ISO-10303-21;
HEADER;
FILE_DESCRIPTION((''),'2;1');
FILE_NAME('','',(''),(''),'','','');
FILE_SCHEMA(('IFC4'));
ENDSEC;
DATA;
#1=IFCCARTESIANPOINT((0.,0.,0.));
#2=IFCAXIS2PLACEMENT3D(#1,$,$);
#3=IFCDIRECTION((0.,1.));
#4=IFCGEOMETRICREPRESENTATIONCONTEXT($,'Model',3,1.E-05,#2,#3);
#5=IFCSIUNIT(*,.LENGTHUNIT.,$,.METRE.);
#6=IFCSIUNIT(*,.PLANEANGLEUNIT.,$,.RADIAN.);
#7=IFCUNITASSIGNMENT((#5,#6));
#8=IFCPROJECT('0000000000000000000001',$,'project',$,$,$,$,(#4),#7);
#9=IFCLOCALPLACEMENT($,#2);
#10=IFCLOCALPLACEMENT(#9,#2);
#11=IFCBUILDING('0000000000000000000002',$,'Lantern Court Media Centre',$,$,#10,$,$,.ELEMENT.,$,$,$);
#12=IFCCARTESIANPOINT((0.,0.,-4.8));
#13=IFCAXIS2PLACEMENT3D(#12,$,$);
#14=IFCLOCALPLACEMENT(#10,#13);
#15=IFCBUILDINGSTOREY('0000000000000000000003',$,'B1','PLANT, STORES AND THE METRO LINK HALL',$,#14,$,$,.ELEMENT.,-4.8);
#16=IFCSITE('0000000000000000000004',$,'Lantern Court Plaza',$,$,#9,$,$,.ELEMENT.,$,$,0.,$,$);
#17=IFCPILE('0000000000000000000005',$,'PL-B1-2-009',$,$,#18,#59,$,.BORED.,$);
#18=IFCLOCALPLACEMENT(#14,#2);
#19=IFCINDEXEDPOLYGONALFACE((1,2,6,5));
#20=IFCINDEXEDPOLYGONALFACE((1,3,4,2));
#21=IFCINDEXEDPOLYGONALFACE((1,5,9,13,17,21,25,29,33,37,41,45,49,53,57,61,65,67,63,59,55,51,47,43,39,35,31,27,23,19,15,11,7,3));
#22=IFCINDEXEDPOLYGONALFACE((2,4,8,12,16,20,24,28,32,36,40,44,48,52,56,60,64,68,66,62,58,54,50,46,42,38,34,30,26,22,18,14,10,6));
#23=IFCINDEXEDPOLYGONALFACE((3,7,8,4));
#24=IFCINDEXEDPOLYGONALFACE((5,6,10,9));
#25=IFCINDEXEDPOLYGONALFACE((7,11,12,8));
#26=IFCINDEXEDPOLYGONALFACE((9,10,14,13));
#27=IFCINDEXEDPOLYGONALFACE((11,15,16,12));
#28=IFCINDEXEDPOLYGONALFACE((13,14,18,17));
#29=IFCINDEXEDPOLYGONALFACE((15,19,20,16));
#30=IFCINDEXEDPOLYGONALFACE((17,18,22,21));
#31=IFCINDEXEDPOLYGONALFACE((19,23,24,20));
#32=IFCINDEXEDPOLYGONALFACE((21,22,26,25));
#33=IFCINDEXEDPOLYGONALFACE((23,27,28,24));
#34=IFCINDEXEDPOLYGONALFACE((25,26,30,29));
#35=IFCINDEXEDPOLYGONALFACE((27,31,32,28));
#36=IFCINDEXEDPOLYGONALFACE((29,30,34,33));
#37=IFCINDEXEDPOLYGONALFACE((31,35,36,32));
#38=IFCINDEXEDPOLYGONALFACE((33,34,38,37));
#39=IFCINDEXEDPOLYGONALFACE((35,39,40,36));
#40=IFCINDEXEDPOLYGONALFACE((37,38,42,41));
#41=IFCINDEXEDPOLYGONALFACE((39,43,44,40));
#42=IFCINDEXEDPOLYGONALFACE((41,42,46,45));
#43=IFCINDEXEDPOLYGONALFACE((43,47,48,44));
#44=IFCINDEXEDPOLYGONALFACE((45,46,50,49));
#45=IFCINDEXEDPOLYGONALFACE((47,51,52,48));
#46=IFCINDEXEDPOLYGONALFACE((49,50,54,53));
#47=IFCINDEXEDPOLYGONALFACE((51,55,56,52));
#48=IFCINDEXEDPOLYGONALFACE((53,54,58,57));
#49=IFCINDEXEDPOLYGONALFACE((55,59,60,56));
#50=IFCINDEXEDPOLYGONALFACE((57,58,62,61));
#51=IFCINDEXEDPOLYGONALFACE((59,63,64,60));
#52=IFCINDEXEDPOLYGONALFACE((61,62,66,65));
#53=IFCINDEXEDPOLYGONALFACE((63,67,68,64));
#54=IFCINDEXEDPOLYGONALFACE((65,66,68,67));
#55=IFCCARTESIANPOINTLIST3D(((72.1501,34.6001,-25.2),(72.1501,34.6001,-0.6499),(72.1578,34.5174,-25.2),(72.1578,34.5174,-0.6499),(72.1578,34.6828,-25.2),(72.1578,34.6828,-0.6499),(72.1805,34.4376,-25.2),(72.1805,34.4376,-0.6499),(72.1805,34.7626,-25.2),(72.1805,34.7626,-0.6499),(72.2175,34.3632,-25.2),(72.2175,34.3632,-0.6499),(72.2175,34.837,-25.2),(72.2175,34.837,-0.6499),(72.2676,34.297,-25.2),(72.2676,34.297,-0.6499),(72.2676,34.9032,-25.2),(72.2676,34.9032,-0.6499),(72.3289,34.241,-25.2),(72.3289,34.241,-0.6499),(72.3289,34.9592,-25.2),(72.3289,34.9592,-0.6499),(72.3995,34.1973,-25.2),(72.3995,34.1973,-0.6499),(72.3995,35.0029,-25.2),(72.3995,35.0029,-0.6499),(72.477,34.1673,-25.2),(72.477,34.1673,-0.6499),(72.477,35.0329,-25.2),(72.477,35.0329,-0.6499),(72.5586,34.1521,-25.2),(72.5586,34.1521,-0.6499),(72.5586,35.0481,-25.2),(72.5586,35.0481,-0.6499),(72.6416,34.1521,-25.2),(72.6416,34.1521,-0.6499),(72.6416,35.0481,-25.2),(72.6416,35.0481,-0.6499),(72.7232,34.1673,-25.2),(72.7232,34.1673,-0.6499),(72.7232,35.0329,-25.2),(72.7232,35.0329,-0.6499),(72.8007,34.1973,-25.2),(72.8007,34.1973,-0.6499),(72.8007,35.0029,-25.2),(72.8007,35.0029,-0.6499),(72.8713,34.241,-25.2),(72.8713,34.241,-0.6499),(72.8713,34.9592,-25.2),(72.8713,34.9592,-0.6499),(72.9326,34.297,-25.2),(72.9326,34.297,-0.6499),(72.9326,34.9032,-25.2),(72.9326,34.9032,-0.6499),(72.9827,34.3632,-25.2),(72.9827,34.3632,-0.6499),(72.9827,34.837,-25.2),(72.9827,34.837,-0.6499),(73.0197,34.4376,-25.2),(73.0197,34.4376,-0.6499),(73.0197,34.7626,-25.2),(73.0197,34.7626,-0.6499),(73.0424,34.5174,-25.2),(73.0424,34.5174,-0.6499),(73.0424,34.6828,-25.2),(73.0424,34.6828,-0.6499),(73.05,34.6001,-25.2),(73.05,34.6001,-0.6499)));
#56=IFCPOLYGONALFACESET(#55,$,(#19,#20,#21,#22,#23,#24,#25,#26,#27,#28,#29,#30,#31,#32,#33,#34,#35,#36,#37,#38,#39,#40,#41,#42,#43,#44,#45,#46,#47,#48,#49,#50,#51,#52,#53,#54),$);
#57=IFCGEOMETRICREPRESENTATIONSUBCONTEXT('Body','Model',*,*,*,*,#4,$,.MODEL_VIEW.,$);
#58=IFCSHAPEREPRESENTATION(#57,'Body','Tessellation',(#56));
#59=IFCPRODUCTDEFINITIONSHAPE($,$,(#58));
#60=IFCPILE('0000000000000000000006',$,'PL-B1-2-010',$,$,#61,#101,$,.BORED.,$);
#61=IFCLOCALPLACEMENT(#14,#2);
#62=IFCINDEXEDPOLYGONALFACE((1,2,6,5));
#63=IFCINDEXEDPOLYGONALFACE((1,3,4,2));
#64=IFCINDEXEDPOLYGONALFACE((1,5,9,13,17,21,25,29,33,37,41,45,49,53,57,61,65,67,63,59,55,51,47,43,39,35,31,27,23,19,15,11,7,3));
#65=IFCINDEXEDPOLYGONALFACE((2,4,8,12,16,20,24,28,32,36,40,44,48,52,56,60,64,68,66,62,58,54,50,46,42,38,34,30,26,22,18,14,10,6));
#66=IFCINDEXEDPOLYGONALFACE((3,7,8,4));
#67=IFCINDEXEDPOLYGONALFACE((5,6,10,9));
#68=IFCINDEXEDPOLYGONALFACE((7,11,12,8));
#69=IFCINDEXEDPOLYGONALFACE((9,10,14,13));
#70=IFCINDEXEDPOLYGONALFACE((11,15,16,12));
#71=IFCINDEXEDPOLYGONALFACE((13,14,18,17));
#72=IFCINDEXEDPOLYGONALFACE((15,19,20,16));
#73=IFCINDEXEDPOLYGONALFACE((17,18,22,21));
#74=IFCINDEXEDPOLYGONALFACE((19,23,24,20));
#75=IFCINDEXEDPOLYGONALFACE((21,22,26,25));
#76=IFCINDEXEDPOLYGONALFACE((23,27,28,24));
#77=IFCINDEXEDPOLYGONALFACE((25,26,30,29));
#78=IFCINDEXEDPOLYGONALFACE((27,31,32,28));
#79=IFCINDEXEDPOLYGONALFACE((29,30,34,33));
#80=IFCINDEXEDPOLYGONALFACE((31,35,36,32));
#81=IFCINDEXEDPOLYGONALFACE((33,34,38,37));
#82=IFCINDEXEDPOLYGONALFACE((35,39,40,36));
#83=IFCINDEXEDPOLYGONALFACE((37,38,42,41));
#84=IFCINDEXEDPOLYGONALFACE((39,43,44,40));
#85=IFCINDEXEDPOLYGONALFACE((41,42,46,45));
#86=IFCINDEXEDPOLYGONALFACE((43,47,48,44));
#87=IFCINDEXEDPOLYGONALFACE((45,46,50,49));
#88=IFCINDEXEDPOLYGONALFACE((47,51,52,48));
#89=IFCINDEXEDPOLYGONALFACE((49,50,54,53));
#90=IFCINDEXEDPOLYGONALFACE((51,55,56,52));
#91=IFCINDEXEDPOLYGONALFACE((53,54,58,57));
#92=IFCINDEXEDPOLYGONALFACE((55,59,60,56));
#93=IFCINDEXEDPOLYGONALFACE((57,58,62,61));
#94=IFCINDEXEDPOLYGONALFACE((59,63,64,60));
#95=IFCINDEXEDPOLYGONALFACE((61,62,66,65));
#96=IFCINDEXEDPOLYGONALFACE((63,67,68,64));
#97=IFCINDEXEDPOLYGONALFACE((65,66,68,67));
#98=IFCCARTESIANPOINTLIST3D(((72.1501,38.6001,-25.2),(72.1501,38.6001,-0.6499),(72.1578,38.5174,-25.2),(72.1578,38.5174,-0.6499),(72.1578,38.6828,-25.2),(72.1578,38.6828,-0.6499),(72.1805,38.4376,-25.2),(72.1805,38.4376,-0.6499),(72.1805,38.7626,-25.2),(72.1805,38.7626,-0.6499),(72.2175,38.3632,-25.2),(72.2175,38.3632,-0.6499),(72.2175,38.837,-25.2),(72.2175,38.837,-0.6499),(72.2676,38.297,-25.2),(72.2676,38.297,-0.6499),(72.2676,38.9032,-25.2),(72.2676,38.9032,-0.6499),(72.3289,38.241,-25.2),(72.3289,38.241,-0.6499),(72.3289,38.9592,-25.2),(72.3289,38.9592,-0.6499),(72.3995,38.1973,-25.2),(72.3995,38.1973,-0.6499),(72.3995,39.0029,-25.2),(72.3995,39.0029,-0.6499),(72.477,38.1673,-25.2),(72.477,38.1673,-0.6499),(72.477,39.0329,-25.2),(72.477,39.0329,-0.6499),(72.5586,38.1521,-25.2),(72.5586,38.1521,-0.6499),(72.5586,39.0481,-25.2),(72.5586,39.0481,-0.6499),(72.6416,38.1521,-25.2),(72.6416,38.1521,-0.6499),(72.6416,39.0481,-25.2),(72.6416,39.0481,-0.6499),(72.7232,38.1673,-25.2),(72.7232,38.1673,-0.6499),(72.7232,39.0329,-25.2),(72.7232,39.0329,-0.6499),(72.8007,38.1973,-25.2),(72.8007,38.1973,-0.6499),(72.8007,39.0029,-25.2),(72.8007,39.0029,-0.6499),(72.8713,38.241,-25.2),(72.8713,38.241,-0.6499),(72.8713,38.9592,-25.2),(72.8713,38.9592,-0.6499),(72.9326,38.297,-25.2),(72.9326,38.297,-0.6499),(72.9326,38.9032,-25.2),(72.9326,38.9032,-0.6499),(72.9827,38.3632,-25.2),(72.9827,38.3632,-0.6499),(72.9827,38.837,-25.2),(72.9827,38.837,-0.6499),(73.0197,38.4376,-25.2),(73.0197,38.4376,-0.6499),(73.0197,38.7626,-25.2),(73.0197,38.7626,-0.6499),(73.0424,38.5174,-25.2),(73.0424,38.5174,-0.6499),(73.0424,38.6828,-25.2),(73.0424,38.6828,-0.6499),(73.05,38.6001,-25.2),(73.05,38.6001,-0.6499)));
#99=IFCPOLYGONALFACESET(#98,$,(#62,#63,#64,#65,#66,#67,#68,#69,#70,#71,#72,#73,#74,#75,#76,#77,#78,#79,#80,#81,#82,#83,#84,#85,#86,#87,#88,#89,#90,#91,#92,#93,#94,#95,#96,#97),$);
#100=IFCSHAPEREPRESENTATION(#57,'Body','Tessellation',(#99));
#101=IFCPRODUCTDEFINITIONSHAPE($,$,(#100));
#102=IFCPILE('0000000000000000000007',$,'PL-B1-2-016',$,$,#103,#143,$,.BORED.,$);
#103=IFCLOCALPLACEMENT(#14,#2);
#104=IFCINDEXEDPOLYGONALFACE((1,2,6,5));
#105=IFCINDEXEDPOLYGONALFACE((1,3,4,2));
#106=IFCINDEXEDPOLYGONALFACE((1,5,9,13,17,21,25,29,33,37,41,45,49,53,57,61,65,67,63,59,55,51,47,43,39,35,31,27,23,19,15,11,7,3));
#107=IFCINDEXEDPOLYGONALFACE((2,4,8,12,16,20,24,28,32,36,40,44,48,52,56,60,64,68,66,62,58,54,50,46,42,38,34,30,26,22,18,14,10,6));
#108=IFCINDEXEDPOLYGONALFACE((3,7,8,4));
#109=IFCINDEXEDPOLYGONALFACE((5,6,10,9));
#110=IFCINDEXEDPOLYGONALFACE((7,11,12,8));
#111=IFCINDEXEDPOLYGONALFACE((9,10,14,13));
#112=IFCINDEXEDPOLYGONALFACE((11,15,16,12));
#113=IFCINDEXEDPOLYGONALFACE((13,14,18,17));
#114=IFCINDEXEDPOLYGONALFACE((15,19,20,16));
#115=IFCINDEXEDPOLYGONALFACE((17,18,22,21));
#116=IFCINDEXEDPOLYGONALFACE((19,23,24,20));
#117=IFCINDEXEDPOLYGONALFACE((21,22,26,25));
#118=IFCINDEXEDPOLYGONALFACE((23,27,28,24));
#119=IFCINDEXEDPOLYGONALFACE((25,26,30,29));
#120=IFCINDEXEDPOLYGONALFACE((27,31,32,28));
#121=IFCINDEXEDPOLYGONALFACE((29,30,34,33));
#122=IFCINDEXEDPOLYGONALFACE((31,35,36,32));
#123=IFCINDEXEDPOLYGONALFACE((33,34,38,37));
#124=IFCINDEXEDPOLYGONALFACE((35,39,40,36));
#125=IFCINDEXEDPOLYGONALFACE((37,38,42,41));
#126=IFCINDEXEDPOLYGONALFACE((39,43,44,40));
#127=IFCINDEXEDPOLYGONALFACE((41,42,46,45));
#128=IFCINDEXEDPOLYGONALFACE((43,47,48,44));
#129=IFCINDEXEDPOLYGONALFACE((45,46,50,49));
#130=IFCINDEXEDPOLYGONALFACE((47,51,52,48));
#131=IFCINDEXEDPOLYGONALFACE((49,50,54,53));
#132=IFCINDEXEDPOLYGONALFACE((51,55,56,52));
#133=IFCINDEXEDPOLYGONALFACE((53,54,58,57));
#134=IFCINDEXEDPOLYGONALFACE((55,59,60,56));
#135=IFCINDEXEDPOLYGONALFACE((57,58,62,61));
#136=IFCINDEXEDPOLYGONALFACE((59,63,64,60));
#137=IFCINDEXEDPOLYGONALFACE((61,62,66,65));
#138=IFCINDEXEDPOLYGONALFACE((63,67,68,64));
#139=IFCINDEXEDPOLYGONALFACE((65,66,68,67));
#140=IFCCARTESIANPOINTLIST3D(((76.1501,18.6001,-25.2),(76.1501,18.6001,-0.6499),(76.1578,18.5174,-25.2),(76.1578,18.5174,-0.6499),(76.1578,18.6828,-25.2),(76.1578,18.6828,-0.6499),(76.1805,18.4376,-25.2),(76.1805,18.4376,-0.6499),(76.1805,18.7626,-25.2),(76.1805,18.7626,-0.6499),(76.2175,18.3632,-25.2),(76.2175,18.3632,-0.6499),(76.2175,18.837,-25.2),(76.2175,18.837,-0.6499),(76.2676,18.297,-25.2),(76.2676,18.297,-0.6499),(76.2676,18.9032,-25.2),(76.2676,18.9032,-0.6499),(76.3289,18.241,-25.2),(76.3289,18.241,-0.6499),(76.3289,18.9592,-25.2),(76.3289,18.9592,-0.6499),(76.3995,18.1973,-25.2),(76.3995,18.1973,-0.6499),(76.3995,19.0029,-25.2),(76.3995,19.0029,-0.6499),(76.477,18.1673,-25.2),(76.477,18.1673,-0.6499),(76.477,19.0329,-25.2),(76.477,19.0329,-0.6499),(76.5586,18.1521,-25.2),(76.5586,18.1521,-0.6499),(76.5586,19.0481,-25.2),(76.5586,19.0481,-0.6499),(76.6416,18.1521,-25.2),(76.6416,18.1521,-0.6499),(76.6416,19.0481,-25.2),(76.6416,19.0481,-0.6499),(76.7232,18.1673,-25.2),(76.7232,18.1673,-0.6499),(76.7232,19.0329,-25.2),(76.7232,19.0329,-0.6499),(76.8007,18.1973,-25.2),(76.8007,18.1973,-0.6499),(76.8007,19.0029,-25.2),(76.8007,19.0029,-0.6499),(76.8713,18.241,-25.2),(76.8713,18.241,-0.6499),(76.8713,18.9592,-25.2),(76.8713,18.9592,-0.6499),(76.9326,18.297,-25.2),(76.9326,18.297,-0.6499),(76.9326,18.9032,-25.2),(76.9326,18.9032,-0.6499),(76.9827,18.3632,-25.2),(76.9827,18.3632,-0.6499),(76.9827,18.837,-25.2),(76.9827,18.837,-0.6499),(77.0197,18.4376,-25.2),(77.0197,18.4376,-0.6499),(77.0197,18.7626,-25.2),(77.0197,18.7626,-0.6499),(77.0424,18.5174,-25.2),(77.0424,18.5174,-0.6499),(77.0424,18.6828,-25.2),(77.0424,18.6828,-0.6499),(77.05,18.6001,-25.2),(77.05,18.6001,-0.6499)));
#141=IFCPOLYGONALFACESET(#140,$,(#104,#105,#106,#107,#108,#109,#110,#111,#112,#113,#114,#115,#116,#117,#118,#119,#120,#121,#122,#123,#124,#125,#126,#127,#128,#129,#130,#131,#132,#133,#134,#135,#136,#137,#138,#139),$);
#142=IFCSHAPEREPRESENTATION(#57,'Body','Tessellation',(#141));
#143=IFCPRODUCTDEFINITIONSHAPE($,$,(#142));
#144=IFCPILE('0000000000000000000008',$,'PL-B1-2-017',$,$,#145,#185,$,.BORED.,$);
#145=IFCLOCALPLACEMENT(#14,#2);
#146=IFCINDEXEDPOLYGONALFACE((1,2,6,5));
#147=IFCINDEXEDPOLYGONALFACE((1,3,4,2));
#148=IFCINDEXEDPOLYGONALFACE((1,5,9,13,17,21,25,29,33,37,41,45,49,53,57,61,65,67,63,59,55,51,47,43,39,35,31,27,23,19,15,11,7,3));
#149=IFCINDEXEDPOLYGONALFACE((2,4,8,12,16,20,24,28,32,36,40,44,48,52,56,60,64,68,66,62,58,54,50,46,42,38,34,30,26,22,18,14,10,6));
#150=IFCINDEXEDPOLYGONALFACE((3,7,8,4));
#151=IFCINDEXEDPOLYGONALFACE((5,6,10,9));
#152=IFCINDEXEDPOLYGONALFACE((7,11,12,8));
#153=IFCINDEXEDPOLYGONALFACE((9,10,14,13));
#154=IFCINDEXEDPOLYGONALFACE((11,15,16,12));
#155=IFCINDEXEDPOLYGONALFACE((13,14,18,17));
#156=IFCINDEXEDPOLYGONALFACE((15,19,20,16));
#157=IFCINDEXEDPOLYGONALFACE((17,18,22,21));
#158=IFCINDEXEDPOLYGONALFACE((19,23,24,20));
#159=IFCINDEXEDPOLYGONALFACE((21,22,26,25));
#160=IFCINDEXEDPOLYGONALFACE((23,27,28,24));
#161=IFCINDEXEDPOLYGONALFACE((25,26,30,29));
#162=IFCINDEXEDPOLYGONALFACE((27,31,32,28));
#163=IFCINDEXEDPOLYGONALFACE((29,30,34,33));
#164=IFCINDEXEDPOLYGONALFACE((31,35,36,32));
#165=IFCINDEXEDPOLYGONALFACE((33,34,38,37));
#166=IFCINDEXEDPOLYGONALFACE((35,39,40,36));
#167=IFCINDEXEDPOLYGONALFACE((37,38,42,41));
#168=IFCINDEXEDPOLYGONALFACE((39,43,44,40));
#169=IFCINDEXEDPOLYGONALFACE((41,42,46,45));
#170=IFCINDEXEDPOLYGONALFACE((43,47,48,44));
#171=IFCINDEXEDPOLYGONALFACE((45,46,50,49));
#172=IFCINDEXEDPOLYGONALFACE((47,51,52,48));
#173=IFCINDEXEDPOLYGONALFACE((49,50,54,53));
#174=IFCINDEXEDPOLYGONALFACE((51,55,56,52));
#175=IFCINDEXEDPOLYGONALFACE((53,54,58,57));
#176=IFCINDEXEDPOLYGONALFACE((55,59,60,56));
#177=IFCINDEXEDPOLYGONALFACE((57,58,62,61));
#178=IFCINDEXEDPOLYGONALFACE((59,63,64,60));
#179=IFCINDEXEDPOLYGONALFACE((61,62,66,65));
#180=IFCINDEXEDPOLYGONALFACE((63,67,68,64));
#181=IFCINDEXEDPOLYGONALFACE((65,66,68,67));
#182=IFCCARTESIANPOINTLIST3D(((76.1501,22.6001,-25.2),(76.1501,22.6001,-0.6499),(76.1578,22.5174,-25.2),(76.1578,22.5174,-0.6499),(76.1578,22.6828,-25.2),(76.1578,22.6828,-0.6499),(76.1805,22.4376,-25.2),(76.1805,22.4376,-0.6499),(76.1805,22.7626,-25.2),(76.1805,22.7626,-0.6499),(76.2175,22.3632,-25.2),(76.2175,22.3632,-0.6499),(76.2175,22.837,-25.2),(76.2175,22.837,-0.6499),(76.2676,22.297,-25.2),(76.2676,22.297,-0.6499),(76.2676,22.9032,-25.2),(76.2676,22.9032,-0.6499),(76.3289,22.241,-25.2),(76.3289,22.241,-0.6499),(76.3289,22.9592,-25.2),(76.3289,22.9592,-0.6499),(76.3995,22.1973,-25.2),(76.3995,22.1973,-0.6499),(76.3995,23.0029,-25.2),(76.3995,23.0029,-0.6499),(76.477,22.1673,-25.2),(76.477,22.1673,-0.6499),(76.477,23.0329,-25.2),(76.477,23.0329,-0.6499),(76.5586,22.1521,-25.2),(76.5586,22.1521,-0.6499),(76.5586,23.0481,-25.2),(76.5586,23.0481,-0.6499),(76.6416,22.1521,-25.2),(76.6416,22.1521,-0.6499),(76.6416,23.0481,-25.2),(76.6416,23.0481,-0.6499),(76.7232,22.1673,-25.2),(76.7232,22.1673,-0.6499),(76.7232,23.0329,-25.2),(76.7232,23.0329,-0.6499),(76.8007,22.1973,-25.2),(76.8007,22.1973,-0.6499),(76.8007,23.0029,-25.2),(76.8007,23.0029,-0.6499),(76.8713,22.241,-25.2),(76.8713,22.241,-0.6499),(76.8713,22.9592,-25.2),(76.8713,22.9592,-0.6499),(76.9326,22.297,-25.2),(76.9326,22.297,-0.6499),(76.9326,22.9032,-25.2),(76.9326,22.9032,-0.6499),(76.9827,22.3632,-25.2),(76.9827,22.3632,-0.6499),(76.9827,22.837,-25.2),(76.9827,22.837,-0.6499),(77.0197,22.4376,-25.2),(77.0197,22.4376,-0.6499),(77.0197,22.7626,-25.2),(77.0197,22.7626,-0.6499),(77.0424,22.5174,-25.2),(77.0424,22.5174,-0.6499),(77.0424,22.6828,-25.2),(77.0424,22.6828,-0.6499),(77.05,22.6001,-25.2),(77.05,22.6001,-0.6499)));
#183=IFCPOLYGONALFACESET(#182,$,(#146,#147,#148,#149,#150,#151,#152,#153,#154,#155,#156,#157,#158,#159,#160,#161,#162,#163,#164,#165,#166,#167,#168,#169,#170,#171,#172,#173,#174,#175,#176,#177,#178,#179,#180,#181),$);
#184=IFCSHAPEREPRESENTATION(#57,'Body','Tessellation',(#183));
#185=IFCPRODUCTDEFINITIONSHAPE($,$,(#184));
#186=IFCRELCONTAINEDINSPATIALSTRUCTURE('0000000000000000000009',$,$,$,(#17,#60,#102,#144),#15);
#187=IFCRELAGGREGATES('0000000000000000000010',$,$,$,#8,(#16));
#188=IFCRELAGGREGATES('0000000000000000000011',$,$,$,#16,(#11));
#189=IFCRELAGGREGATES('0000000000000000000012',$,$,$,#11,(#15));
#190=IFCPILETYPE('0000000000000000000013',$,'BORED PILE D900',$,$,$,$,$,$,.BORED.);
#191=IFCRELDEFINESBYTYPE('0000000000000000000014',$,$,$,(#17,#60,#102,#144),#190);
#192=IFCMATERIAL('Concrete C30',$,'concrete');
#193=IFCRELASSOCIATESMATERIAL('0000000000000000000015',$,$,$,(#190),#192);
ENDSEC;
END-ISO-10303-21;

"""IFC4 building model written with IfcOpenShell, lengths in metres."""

from ifc_helpers import new_model, si_unit, direction, frame, origin, origin_2d, place, context, subcontext, project, spatial, circle, extrude, material, material_profile, profile_set, type_object, element, save


model = new_model("IFC4")

# Units and contexts
model_context = context("Model", 3, precision=1e-05, world=origin(), true_north=direction((0.0, 1.0)))
body_context = subcontext(model_context, "Body", "Model", "MODEL_VIEW")
ifc_project = project(units=[si_unit("LENGTHUNIT", "METRE"), si_unit("PLANEANGLEUNIT", "RADIAN")], contexts=[model_context])

# Site, building, storey
site_placement = place(None, origin())
site = spatial("IfcSite", under=ifc_project, at=site_placement, Name="Lantern Court Plaza", CompositionType="ELEMENT", RefElevation=0.0)
building_placement = place(site_placement, origin())
building = spatial("IfcBuilding", under=site, at=building_placement, Name="Lantern Court Media Centre", CompositionType="ELEMENT")
storey_placement = place(building_placement, frame((0.0, 0.0, -4.8)))
storey = spatial("IfcBuildingStorey", under=building, at=storey_placement, Name="B1", Description="PLANT, STORES AND THE METRO LINK HALL", CompositionType="ELEMENT", Elevation=-4.8)

# Piles
ifc_material_1 = material(Name="Concrete C30", Category="concrete")
ifc_material_profile_1 = material_profile(ifc_material_1, circle(Radius=0.45, at=origin_2d()), Name="D900")
ifc_profile_set_1 = profile_set([ifc_material_profile_1], Name="Concrete C30")
pile_type = type_object("IfcPileType", Name="BORED PILE D900", PredefinedType="BORED", material=ifc_profile_set_1)
for number, where, z_axis, x_axis, name in (
    (1, (72.6001, 34.6001, -0.6499), (0.0, 0.0, -1.0), (1.0, 0.0, 0.0), "PL-B1-2-009"),
    (2, (72.6001, 38.6001, -0.6499), (0.0, 0.0, -1.0), (1.0, 0.0, 0.0), "PL-B1-2-010"),
    (3, (76.6001, 18.6001, -0.6499), (0.0, 0.0, -1.0), (1.0, 0.0, 0.0), "PL-B1-2-016"),
    (4, (76.6001, 22.6001, -0.6499), (0.0, 0.0, -1.0), (1.0, 0.0, 0.0), "PL-B1-2-017"),
):
    element("IfcPile", number, at=place(storey_placement, frame(where, z_axis=z_axis, x_axis=x_axis)), inside=storey, type_object=pile_type, Name=name, PredefinedType="BORED", context=body_context, shape_type="SweptSolid", body=[
        extrude(circle(Radius=0.45, at=origin_2d()), origin(), (0.0, 0.0, 1.0), 24.55),
    ])

save(model, "model.ifc")
